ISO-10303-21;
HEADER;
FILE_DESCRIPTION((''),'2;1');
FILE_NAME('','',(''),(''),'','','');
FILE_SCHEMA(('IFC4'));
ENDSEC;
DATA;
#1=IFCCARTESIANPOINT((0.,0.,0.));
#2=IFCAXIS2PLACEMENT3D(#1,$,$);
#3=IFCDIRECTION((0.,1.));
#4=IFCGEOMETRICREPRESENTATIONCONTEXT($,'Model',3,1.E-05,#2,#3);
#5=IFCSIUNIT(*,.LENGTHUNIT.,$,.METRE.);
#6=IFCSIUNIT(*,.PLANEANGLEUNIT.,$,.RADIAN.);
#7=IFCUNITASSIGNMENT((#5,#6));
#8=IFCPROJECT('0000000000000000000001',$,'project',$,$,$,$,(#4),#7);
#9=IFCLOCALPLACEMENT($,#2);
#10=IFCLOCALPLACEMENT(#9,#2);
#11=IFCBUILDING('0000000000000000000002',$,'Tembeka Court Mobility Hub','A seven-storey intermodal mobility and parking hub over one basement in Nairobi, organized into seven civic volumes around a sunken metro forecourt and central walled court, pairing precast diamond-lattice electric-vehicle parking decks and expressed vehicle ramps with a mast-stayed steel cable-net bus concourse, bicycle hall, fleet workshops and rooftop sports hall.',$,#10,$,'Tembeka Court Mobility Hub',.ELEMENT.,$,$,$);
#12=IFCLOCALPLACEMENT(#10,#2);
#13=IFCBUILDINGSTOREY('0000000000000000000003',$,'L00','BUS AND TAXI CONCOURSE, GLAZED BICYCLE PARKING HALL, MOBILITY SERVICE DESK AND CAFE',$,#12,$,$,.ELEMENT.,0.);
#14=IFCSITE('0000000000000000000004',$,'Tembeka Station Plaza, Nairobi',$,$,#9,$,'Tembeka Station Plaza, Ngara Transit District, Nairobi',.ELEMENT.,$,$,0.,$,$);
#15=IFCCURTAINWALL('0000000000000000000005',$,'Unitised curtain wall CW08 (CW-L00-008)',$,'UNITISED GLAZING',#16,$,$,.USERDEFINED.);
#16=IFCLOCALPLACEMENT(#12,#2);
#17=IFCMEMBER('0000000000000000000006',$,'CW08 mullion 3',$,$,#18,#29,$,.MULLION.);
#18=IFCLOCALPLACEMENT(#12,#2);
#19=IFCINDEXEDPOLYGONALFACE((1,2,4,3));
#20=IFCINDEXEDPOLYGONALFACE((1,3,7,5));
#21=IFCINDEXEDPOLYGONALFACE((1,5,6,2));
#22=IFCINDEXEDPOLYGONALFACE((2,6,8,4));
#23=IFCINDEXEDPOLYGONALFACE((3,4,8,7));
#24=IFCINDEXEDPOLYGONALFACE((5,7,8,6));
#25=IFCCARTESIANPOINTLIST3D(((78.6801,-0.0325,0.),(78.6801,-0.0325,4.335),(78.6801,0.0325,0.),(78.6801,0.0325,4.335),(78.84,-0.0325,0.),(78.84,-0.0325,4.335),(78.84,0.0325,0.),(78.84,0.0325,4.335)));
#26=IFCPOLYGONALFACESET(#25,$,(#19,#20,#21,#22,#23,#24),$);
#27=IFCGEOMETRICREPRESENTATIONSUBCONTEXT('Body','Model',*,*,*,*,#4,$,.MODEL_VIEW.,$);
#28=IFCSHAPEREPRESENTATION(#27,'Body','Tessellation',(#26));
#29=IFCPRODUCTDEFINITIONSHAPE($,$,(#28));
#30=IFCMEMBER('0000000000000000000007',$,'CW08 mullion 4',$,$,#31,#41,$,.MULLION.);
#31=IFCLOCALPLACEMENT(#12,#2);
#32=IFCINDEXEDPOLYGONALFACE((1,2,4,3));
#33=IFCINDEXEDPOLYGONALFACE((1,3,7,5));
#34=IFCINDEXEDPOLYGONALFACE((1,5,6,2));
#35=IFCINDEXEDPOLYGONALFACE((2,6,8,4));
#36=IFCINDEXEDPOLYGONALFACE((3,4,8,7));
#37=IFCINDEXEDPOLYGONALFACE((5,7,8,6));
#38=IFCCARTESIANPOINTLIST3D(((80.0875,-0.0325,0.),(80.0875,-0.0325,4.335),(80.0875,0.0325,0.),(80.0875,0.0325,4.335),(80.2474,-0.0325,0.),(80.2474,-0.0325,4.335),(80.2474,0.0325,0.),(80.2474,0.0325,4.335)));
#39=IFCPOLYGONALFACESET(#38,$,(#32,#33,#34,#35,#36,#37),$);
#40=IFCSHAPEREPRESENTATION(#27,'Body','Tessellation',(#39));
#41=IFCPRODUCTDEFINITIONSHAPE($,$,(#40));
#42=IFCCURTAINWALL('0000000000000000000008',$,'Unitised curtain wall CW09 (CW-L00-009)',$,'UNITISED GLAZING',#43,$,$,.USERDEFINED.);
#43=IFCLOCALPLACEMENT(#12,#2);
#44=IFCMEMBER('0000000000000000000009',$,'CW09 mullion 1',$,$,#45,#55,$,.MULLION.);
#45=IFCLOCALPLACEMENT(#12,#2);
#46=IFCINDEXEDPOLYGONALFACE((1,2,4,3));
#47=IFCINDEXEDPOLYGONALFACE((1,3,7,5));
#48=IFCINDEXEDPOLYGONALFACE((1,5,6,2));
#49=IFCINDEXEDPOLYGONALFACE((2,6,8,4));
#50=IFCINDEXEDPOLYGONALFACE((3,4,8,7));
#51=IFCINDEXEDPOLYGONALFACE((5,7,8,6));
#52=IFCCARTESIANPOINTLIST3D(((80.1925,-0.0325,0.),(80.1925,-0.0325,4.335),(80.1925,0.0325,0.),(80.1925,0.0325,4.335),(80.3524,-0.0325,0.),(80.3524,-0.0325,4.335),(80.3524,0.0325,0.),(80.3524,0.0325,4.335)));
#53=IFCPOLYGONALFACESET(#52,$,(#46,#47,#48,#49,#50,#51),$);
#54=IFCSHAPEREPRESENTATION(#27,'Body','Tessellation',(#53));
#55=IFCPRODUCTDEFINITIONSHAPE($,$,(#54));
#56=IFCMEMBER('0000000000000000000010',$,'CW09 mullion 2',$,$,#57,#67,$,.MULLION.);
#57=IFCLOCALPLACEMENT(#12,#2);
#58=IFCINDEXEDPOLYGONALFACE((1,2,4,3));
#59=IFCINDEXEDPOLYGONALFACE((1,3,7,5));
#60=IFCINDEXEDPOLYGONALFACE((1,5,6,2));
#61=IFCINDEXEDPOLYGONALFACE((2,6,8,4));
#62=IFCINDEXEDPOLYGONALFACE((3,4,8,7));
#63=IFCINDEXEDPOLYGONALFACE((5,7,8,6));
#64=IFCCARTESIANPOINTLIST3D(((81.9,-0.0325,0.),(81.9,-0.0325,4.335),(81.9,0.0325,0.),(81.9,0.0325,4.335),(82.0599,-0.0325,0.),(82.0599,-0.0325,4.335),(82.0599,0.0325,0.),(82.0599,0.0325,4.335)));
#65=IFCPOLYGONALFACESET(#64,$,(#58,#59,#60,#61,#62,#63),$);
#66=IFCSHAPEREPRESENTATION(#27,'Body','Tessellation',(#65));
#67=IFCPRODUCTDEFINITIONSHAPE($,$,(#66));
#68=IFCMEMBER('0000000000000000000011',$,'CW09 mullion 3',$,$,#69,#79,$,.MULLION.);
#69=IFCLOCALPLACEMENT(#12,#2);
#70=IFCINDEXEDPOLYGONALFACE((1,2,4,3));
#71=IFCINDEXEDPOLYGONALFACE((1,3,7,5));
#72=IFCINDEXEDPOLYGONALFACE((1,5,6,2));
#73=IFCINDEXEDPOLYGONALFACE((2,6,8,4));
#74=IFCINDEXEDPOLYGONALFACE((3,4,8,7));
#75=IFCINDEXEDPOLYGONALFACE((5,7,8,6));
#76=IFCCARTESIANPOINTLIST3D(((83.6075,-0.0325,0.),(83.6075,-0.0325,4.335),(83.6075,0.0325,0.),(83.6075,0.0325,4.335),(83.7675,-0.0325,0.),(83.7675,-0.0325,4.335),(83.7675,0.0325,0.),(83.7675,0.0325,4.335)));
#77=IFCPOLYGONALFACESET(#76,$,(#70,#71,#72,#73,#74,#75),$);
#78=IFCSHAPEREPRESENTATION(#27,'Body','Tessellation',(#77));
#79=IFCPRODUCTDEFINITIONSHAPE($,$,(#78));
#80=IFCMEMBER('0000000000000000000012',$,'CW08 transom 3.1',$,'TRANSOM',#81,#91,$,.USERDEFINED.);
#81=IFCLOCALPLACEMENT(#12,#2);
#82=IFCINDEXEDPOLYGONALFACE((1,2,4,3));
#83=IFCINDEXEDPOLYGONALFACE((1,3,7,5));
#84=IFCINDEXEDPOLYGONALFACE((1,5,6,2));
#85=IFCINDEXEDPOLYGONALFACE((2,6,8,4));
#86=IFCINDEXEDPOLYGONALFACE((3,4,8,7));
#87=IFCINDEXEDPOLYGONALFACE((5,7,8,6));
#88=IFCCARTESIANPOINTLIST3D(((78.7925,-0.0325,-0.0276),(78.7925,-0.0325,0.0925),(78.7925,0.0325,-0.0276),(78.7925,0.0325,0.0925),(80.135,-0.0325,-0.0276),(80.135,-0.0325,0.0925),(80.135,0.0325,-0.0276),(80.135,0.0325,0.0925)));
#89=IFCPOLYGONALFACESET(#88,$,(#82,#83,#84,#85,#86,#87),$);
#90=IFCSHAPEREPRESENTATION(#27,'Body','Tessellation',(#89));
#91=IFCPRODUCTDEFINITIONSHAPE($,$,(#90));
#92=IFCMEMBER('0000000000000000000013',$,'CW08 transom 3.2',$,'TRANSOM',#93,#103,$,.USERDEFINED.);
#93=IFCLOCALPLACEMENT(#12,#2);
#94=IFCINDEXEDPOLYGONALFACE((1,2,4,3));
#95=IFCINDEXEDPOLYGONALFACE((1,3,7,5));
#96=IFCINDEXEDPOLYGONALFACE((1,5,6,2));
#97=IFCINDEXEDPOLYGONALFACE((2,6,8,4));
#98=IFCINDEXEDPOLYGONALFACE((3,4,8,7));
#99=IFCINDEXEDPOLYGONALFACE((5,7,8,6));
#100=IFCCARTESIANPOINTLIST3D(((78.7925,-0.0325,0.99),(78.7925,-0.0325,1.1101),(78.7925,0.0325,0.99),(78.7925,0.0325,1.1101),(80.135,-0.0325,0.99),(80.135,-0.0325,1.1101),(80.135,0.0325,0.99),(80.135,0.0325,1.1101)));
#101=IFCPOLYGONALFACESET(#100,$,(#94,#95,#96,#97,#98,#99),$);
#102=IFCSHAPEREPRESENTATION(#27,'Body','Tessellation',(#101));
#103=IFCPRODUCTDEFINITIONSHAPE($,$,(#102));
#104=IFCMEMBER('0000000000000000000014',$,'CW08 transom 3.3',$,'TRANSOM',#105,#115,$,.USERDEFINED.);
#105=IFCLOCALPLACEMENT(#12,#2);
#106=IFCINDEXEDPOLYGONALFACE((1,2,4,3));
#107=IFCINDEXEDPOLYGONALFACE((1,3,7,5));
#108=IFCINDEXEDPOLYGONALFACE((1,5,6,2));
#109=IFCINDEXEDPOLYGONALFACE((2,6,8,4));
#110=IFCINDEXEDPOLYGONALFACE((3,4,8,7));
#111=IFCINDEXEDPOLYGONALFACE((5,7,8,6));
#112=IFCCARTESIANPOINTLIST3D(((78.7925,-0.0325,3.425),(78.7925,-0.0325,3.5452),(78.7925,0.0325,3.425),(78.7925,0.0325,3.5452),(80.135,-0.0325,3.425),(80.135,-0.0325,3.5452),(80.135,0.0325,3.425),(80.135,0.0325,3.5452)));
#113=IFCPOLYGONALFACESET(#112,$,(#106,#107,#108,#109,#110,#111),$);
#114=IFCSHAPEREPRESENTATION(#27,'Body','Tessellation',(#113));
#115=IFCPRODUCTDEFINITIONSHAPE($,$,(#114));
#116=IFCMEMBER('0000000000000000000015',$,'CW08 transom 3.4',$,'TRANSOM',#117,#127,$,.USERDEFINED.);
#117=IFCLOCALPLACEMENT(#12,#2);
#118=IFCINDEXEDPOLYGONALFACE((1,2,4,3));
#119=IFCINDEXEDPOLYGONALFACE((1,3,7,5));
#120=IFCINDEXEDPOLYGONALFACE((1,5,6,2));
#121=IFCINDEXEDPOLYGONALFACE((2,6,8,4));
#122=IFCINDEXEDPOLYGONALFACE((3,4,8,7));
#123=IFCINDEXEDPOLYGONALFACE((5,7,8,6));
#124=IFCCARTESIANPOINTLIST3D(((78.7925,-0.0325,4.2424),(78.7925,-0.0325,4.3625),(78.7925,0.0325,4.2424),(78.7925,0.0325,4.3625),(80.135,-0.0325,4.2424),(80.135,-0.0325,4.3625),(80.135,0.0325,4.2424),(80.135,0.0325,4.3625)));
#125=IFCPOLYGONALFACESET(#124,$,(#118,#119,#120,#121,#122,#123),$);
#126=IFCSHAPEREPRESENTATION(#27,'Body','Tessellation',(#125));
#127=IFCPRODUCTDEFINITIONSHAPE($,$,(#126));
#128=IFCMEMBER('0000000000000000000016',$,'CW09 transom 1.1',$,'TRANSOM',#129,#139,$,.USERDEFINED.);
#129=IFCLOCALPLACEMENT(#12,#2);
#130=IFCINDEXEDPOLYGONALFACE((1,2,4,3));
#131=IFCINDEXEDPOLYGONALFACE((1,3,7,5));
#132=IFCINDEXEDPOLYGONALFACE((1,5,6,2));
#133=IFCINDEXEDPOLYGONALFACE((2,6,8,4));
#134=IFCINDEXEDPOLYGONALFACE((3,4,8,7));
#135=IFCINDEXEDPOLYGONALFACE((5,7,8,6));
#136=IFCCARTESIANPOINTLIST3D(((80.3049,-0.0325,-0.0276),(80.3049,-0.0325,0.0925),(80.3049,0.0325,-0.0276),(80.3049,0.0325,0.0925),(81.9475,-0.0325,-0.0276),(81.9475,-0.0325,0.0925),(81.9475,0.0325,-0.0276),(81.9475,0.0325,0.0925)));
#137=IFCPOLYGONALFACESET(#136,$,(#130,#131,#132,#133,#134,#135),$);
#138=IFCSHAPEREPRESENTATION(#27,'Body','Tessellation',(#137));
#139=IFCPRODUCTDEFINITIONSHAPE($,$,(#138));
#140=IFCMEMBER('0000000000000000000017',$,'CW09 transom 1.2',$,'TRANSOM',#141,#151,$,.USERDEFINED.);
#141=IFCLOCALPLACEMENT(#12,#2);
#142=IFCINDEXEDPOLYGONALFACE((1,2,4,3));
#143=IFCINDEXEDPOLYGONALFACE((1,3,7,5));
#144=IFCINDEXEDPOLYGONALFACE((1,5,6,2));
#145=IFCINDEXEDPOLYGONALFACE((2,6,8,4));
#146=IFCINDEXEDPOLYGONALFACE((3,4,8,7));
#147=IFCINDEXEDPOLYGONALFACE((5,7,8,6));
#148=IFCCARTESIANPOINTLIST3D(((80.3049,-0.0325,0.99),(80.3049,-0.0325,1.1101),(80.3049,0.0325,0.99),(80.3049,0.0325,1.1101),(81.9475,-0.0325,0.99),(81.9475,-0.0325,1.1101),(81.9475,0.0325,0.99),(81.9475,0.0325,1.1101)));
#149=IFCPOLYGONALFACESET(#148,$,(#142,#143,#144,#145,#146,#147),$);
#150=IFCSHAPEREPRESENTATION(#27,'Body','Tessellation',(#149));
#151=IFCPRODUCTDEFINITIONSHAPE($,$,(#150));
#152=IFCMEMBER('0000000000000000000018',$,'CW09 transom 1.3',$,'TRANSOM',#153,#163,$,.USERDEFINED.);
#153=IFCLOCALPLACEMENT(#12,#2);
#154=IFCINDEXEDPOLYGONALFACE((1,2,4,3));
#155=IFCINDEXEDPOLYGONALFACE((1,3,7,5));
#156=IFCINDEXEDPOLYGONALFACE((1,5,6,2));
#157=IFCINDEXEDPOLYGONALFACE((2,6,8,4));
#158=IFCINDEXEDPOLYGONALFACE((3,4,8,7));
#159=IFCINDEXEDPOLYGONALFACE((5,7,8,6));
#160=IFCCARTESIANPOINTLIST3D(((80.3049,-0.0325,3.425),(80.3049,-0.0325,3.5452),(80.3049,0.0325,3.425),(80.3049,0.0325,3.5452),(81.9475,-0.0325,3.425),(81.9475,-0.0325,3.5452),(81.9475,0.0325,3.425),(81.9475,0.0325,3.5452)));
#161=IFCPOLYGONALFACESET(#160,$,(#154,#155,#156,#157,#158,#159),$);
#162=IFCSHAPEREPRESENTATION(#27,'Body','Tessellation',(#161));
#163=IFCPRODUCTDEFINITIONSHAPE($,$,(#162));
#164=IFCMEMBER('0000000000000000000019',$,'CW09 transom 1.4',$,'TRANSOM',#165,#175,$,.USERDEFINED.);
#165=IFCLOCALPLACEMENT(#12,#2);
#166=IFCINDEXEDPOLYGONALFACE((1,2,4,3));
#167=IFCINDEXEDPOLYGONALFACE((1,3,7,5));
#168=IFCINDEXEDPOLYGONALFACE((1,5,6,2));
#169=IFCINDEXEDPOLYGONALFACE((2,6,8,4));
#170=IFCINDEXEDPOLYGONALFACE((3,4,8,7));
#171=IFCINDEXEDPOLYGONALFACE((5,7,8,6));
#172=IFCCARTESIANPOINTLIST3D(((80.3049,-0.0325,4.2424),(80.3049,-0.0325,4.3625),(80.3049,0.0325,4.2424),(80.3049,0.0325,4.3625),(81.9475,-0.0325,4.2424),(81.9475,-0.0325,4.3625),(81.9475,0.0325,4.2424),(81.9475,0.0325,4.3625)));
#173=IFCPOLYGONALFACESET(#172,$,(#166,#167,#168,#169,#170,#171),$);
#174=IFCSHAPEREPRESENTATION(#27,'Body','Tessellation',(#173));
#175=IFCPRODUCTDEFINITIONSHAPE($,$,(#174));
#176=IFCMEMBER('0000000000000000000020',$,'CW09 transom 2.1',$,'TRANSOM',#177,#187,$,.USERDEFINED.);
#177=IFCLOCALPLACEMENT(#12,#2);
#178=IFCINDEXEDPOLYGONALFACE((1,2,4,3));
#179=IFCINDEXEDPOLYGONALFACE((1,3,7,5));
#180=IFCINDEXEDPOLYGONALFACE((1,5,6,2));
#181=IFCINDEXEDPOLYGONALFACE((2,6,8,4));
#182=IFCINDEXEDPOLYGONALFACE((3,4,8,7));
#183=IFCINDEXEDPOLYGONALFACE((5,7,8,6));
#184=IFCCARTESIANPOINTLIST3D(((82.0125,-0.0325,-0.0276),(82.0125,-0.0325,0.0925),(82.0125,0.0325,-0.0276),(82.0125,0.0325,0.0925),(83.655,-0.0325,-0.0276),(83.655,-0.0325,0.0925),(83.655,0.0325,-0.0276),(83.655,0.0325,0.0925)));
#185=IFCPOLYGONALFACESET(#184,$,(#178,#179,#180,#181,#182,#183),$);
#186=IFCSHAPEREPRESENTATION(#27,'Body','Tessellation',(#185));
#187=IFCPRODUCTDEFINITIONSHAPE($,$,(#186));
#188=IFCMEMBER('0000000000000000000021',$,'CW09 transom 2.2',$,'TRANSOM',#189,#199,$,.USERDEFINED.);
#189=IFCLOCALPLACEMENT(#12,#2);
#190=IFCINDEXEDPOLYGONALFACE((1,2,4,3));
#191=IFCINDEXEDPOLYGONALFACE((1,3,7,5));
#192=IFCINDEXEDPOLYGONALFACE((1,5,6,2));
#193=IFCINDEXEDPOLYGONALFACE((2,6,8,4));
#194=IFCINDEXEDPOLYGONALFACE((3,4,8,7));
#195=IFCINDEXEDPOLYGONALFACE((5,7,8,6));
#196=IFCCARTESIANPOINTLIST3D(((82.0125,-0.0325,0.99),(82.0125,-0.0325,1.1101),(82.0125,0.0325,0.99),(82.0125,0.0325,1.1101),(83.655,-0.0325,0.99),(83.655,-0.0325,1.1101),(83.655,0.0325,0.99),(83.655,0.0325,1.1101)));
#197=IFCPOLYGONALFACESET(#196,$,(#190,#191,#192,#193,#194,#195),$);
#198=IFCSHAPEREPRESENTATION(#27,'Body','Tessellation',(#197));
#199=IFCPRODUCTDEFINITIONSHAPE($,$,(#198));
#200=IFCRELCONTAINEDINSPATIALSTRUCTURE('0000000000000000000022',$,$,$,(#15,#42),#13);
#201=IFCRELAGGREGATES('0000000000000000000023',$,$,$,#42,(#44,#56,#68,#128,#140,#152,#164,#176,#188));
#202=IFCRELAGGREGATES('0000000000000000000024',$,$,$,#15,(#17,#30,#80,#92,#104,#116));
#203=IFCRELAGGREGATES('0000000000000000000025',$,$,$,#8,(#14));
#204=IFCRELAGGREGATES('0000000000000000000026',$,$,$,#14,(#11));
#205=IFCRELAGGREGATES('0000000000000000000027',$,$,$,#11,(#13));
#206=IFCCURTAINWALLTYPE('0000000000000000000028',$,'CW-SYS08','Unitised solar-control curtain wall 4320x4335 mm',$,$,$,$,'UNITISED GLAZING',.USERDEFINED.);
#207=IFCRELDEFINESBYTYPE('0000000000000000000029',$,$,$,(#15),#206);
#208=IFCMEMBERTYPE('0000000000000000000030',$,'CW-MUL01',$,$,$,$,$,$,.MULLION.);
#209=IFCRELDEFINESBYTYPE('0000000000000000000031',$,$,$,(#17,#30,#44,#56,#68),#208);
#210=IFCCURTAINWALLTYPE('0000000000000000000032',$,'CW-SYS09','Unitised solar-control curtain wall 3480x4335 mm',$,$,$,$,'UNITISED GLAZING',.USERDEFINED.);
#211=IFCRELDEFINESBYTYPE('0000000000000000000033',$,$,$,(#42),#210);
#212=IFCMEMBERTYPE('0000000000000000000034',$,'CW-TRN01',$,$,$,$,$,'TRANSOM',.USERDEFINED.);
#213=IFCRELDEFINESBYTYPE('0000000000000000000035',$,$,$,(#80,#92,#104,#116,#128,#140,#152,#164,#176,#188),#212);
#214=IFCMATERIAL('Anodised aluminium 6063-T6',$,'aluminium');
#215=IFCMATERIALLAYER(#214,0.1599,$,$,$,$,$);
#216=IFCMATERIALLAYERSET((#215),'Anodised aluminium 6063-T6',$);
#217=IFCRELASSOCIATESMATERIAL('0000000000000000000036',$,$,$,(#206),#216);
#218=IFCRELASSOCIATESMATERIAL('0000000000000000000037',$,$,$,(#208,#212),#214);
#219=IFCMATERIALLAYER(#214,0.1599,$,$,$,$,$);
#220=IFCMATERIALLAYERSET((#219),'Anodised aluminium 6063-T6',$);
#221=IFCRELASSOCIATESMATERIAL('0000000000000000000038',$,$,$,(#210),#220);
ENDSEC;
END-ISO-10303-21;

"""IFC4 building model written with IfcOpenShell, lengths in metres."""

from ifc_helpers import new_model, si_unit, direction, frame, origin, origin_2d, place, context, subcontext, project, spatial, rectangle, extrude, material, layer, layer_set, material_profile, profile_set, type_object, element, aggregate, save


model = new_model("IFC4")

# Units and contexts
model_context = context("Model", 3, precision=1e-05, world=origin(), true_north=direction((0.0, 1.0)))
body_context = subcontext(model_context, "Body", "Model", "MODEL_VIEW")
ifc_project = project(units=[si_unit("LENGTHUNIT", "METRE"), si_unit("PLANEANGLEUNIT", "RADIAN")], contexts=[model_context])

# Site, building, storey
site_placement = place(None, origin())
site = spatial("IfcSite", under=ifc_project, at=site_placement, Name="Tembeka Station Plaza, Nairobi", LongName="Tembeka Station Plaza, Ngara Transit District, Nairobi", CompositionType="ELEMENT", RefElevation=0.0)
building_placement = place(site_placement, origin())
building = spatial("IfcBuilding", under=site, at=building_placement, Name="Tembeka Court Mobility Hub", Description="A seven-storey intermodal mobility and parking hub over one basement in Nairobi, organized into seven civic volumes around a sunken metro forecourt and central walled court, pairing precast diamond-lattice electric-vehicle parking decks and expressed vehicle ramps with a mast-stayed steel cable-net bus concourse, bicycle hall, fleet workshops and rooftop sports hall.", LongName="Tembeka Court Mobility Hub", CompositionType="ELEMENT")
storey_placement = place(building_placement, origin())
storey = spatial("IfcBuildingStorey", under=building, at=storey_placement, Name="L00", Description="BUS AND TAXI CONCOURSE, GLAZED BICYCLE PARKING HALL, MOBILITY SERVICE DESK AND CAFE", CompositionType="ELEMENT", Elevation=0.0)

# Curtain walls, members
ifc_material_1 = material(Name="Anodised aluminium 6063-T6", Category="aluminium")
ifc_layer_1 = layer(ifc_material_1, 0.1599)
ifc_layer_set_1 = layer_set([ifc_layer_1], Name="Anodised aluminium 6063-T6")
curtain_wall_type_1 = type_object("IfcCurtainWallType", Name="CW-SYS08", Description="Unitised solar-control curtain wall 4320x4335 mm", ElementType="UNITISED GLAZING", PredefinedType="USERDEFINED", material=ifc_layer_set_1)
curtain_wall_1_placement = place(storey_placement, origin())
curtain_wall_1 = element("IfcCurtainWall", 1, at=curtain_wall_1_placement, inside=storey, type_object=curtain_wall_type_1, Name="Unitised curtain wall CW08 (CW-L00-008)", ObjectType="UNITISED GLAZING", PredefinedType="USERDEFINED")
ifc_material_profile_1 = material_profile(ifc_material_1, rectangle(XDim=0.0649, YDim=0.1599, at=origin_2d()), Name="ALU-MUL 65x160")
ifc_profile_set_1 = profile_set([ifc_material_profile_1], Name="Anodised aluminium 6063-T6")
member_type_1 = type_object("IfcMemberType", Name="CW-MUL01", PredefinedType="MULLION", material=ifc_profile_set_1)
member_1_placement = place(storey_placement, frame((78.76, 0.0, 0.0), z_axis=(0.0, 0.0, 1.0), x_axis=(0.0, 1.0, 0.0)))
member_1 = element("IfcMember", 2, at=member_1_placement, type_object=member_type_1, Name="CW08 mullion 3", PredefinedType="MULLION", context=body_context, shape_type="SweptSolid", body=[
    extrude(rectangle(XDim=0.0649, YDim=0.1599, at=origin_2d()), origin(), (0.0, 0.0, 1.0), 4.335),
])
member_2_placement = place(storey_placement, frame((80.1675, 0.0, 0.0), z_axis=(0.0, 0.0, 1.0), x_axis=(0.0, 1.0, 0.0)))
member_2 = element("IfcMember", 3, at=member_2_placement, type_object=member_type_1, Name="CW08 mullion 4", PredefinedType="MULLION", context=body_context, shape_type="SweptSolid", body=[
    extrude(rectangle(XDim=0.0649, YDim=0.1599, at=origin_2d()), origin(), (0.0, 0.0, 1.0), 4.335),
])
ifc_layer_2 = layer(ifc_material_1, 0.1599)
ifc_layer_set_2 = layer_set([ifc_layer_2], Name="Anodised aluminium 6063-T6")
curtain_wall_type_2 = type_object("IfcCurtainWallType", Name="CW-SYS09", Description="Unitised solar-control curtain wall 3480x4335 mm", ElementType="UNITISED GLAZING", PredefinedType="USERDEFINED", material=ifc_layer_set_2)
curtain_wall_2_placement = place(storey_placement, origin())
curtain_wall_2 = element("IfcCurtainWall", 4, at=curtain_wall_2_placement, inside=storey, type_object=curtain_wall_type_2, Name="Unitised curtain wall CW09 (CW-L00-009)", ObjectType="UNITISED GLAZING", PredefinedType="USERDEFINED")
member_3_placement = place(storey_placement, frame((80.2725, 0.0, 0.0), z_axis=(0.0, 0.0, 1.0), x_axis=(0.0, 1.0, 0.0)))
member_3 = element("IfcMember", 5, at=member_3_placement, type_object=member_type_1, Name="CW09 mullion 1", PredefinedType="MULLION", context=body_context, shape_type="SweptSolid", body=[
    extrude(rectangle(XDim=0.0649, YDim=0.1599, at=origin_2d()), origin(), (0.0, 0.0, 1.0), 4.335),
])
member_4_placement = place(storey_placement, frame((81.98, 0.0, 0.0), z_axis=(0.0, 0.0, 1.0), x_axis=(0.0, 1.0, 0.0)))
member_4 = element("IfcMember", 6, at=member_4_placement, type_object=member_type_1, Name="CW09 mullion 2", PredefinedType="MULLION", context=body_context, shape_type="SweptSolid", body=[
    extrude(rectangle(XDim=0.0649, YDim=0.1599, at=origin_2d()), origin(), (0.0, 0.0, 1.0), 4.335),
])
member_5_placement = place(storey_placement, frame((83.6875, 0.0, 0.0), z_axis=(0.0, 0.0, 1.0), x_axis=(0.0, 1.0, 0.0)))
member_5 = element("IfcMember", 7, at=member_5_placement, type_object=member_type_1, Name="CW09 mullion 3", PredefinedType="MULLION", context=body_context, shape_type="SweptSolid", body=[
    extrude(rectangle(XDim=0.0649, YDim=0.1599, at=origin_2d()), origin(), (0.0, 0.0, 1.0), 4.335),
])

# Members
ifc_material_profile_2 = material_profile(ifc_material_1, rectangle(XDim=0.0649, YDim=0.1201, at=origin_2d()), Name="ALU-TRN 65x120")
ifc_profile_set_2 = profile_set([ifc_material_profile_2], Name="Anodised aluminium 6063-T6")
member_type_2 = type_object("IfcMemberType", Name="CW-TRN01", ElementType="TRANSOM", PredefinedType="USERDEFINED", material=ifc_profile_set_2)
member_6_placement = place(storey_placement, frame((78.7925, 0.0, 0.0325), z_axis=(1.0, 0.0, 0.0), x_axis=(0.0, 1.0, 0.0)))
member_6 = element("IfcMember", 8, at=member_6_placement, type_object=member_type_2, Name="CW08 transom 3.1", ObjectType="TRANSOM", PredefinedType="USERDEFINED", context=body_context, shape_type="SweptSolid", body=[
    extrude(rectangle(XDim=0.0649, YDim=0.1201, at=origin_2d()), origin(), (0.0, 0.0, 1.0), 1.3425),
])
member_7_placement = place(storey_placement, frame((78.7925, 0.0, 1.05), z_axis=(1.0, 0.0, 0.0), x_axis=(0.0, 1.0, 0.0)))
member_7 = element("IfcMember", 9, at=member_7_placement, type_object=member_type_2, Name="CW08 transom 3.2", ObjectType="TRANSOM", PredefinedType="USERDEFINED", context=body_context, shape_type="SweptSolid", body=[
    extrude(rectangle(XDim=0.0649, YDim=0.1201, at=origin_2d()), origin(), (0.0, 0.0, 1.0), 1.3425),
])
member_8_placement = place(storey_placement, frame((78.7925, 0.0, 3.4851), z_axis=(1.0, 0.0, 0.0), x_axis=(0.0, 1.0, 0.0)))
member_8 = element("IfcMember", 10, at=member_8_placement, type_object=member_type_2, Name="CW08 transom 3.3", ObjectType="TRANSOM", PredefinedType="USERDEFINED", context=body_context, shape_type="SweptSolid", body=[
    extrude(rectangle(XDim=0.0649, YDim=0.1201, at=origin_2d()), origin(), (0.0, 0.0, 1.0), 1.3425),
])
member_9_placement = place(storey_placement, frame((78.7925, 0.0, 4.3025), z_axis=(1.0, 0.0, 0.0), x_axis=(0.0, 1.0, 0.0)))
member_9 = element("IfcMember", 11, at=member_9_placement, type_object=member_type_2, Name="CW08 transom 3.4", ObjectType="TRANSOM", PredefinedType="USERDEFINED", context=body_context, shape_type="SweptSolid", body=[
    extrude(rectangle(XDim=0.0649, YDim=0.1201, at=origin_2d()), origin(), (0.0, 0.0, 1.0), 1.3425),
])
member_10_placement = place(storey_placement, frame((80.3049, 0.0, 0.0325), z_axis=(1.0, 0.0, 0.0), x_axis=(0.0, 1.0, 0.0)))
member_10 = element("IfcMember", 12, at=member_10_placement, type_object=member_type_2, Name="CW09 transom 1.1", ObjectType="TRANSOM", PredefinedType="USERDEFINED", context=body_context, shape_type="SweptSolid", body=[
    extrude(rectangle(XDim=0.0649, YDim=0.1201, at=origin_2d()), origin(), (0.0, 0.0, 1.0), 1.6426),
])
member_11_placement = place(storey_placement, frame((80.3049, 0.0, 1.05), z_axis=(1.0, 0.0, 0.0), x_axis=(0.0, 1.0, 0.0)))
member_11 = element("IfcMember", 13, at=member_11_placement, type_object=member_type_2, Name="CW09 transom 1.2", ObjectType="TRANSOM", PredefinedType="USERDEFINED", context=body_context, shape_type="SweptSolid", body=[
    extrude(rectangle(XDim=0.0649, YDim=0.1201, at=origin_2d()), origin(), (0.0, 0.0, 1.0), 1.6426),
])
member_12_placement = place(storey_placement, frame((80.3049, 0.0, 3.4851), z_axis=(1.0, 0.0, 0.0), x_axis=(0.0, 1.0, 0.0)))
member_12 = element("IfcMember", 14, at=member_12_placement, type_object=member_type_2, Name="CW09 transom 1.3", ObjectType="TRANSOM", PredefinedType="USERDEFINED", context=body_context, shape_type="SweptSolid", body=[
    extrude(rectangle(XDim=0.0649, YDim=0.1201, at=origin_2d()), origin(), (0.0, 0.0, 1.0), 1.6426),
])
member_13_placement = place(storey_placement, frame((80.3049, 0.0, 4.3025), z_axis=(1.0, 0.0, 0.0), x_axis=(0.0, 1.0, 0.0)))
member_13 = element("IfcMember", 15, at=member_13_placement, type_object=member_type_2, Name="CW09 transom 1.4", ObjectType="TRANSOM", PredefinedType="USERDEFINED", context=body_context, shape_type="SweptSolid", body=[
    extrude(rectangle(XDim=0.0649, YDim=0.1201, at=origin_2d()), origin(), (0.0, 0.0, 1.0), 1.6426),
])
member_14_placement = place(storey_placement, frame((82.0125, 0.0, 0.0325), z_axis=(1.0, 0.0, 0.0), x_axis=(0.0, 1.0, 0.0)))
member_14 = element("IfcMember", 16, at=member_14_placement, type_object=member_type_2, Name="CW09 transom 2.1", ObjectType="TRANSOM", PredefinedType="USERDEFINED", context=body_context, shape_type="SweptSolid", body=[
    extrude(rectangle(XDim=0.0649, YDim=0.1201, at=origin_2d()), origin(), (0.0, 0.0, 1.0), 1.6426),
])
member_15_placement = place(storey_placement, frame((82.0125, 0.0, 1.05), z_axis=(1.0, 0.0, 0.0), x_axis=(0.0, 1.0, 0.0)))
member_15 = element("IfcMember", 17, at=member_15_placement, type_object=member_type_2, Name="CW09 transom 2.2", ObjectType="TRANSOM", PredefinedType="USERDEFINED", context=body_context, shape_type="SweptSolid", body=[
    extrude(rectangle(XDim=0.0649, YDim=0.1201, at=origin_2d()), origin(), (0.0, 0.0, 1.0), 1.6426),
])

aggregate(curtain_wall_2, [member_3, member_4, member_5, member_10, member_11, member_12, member_13, member_14, member_15])
aggregate(curtain_wall_1, [member_1, member_2, member_6, member_7, member_8, member_9])

save(model, "model.ifc")
